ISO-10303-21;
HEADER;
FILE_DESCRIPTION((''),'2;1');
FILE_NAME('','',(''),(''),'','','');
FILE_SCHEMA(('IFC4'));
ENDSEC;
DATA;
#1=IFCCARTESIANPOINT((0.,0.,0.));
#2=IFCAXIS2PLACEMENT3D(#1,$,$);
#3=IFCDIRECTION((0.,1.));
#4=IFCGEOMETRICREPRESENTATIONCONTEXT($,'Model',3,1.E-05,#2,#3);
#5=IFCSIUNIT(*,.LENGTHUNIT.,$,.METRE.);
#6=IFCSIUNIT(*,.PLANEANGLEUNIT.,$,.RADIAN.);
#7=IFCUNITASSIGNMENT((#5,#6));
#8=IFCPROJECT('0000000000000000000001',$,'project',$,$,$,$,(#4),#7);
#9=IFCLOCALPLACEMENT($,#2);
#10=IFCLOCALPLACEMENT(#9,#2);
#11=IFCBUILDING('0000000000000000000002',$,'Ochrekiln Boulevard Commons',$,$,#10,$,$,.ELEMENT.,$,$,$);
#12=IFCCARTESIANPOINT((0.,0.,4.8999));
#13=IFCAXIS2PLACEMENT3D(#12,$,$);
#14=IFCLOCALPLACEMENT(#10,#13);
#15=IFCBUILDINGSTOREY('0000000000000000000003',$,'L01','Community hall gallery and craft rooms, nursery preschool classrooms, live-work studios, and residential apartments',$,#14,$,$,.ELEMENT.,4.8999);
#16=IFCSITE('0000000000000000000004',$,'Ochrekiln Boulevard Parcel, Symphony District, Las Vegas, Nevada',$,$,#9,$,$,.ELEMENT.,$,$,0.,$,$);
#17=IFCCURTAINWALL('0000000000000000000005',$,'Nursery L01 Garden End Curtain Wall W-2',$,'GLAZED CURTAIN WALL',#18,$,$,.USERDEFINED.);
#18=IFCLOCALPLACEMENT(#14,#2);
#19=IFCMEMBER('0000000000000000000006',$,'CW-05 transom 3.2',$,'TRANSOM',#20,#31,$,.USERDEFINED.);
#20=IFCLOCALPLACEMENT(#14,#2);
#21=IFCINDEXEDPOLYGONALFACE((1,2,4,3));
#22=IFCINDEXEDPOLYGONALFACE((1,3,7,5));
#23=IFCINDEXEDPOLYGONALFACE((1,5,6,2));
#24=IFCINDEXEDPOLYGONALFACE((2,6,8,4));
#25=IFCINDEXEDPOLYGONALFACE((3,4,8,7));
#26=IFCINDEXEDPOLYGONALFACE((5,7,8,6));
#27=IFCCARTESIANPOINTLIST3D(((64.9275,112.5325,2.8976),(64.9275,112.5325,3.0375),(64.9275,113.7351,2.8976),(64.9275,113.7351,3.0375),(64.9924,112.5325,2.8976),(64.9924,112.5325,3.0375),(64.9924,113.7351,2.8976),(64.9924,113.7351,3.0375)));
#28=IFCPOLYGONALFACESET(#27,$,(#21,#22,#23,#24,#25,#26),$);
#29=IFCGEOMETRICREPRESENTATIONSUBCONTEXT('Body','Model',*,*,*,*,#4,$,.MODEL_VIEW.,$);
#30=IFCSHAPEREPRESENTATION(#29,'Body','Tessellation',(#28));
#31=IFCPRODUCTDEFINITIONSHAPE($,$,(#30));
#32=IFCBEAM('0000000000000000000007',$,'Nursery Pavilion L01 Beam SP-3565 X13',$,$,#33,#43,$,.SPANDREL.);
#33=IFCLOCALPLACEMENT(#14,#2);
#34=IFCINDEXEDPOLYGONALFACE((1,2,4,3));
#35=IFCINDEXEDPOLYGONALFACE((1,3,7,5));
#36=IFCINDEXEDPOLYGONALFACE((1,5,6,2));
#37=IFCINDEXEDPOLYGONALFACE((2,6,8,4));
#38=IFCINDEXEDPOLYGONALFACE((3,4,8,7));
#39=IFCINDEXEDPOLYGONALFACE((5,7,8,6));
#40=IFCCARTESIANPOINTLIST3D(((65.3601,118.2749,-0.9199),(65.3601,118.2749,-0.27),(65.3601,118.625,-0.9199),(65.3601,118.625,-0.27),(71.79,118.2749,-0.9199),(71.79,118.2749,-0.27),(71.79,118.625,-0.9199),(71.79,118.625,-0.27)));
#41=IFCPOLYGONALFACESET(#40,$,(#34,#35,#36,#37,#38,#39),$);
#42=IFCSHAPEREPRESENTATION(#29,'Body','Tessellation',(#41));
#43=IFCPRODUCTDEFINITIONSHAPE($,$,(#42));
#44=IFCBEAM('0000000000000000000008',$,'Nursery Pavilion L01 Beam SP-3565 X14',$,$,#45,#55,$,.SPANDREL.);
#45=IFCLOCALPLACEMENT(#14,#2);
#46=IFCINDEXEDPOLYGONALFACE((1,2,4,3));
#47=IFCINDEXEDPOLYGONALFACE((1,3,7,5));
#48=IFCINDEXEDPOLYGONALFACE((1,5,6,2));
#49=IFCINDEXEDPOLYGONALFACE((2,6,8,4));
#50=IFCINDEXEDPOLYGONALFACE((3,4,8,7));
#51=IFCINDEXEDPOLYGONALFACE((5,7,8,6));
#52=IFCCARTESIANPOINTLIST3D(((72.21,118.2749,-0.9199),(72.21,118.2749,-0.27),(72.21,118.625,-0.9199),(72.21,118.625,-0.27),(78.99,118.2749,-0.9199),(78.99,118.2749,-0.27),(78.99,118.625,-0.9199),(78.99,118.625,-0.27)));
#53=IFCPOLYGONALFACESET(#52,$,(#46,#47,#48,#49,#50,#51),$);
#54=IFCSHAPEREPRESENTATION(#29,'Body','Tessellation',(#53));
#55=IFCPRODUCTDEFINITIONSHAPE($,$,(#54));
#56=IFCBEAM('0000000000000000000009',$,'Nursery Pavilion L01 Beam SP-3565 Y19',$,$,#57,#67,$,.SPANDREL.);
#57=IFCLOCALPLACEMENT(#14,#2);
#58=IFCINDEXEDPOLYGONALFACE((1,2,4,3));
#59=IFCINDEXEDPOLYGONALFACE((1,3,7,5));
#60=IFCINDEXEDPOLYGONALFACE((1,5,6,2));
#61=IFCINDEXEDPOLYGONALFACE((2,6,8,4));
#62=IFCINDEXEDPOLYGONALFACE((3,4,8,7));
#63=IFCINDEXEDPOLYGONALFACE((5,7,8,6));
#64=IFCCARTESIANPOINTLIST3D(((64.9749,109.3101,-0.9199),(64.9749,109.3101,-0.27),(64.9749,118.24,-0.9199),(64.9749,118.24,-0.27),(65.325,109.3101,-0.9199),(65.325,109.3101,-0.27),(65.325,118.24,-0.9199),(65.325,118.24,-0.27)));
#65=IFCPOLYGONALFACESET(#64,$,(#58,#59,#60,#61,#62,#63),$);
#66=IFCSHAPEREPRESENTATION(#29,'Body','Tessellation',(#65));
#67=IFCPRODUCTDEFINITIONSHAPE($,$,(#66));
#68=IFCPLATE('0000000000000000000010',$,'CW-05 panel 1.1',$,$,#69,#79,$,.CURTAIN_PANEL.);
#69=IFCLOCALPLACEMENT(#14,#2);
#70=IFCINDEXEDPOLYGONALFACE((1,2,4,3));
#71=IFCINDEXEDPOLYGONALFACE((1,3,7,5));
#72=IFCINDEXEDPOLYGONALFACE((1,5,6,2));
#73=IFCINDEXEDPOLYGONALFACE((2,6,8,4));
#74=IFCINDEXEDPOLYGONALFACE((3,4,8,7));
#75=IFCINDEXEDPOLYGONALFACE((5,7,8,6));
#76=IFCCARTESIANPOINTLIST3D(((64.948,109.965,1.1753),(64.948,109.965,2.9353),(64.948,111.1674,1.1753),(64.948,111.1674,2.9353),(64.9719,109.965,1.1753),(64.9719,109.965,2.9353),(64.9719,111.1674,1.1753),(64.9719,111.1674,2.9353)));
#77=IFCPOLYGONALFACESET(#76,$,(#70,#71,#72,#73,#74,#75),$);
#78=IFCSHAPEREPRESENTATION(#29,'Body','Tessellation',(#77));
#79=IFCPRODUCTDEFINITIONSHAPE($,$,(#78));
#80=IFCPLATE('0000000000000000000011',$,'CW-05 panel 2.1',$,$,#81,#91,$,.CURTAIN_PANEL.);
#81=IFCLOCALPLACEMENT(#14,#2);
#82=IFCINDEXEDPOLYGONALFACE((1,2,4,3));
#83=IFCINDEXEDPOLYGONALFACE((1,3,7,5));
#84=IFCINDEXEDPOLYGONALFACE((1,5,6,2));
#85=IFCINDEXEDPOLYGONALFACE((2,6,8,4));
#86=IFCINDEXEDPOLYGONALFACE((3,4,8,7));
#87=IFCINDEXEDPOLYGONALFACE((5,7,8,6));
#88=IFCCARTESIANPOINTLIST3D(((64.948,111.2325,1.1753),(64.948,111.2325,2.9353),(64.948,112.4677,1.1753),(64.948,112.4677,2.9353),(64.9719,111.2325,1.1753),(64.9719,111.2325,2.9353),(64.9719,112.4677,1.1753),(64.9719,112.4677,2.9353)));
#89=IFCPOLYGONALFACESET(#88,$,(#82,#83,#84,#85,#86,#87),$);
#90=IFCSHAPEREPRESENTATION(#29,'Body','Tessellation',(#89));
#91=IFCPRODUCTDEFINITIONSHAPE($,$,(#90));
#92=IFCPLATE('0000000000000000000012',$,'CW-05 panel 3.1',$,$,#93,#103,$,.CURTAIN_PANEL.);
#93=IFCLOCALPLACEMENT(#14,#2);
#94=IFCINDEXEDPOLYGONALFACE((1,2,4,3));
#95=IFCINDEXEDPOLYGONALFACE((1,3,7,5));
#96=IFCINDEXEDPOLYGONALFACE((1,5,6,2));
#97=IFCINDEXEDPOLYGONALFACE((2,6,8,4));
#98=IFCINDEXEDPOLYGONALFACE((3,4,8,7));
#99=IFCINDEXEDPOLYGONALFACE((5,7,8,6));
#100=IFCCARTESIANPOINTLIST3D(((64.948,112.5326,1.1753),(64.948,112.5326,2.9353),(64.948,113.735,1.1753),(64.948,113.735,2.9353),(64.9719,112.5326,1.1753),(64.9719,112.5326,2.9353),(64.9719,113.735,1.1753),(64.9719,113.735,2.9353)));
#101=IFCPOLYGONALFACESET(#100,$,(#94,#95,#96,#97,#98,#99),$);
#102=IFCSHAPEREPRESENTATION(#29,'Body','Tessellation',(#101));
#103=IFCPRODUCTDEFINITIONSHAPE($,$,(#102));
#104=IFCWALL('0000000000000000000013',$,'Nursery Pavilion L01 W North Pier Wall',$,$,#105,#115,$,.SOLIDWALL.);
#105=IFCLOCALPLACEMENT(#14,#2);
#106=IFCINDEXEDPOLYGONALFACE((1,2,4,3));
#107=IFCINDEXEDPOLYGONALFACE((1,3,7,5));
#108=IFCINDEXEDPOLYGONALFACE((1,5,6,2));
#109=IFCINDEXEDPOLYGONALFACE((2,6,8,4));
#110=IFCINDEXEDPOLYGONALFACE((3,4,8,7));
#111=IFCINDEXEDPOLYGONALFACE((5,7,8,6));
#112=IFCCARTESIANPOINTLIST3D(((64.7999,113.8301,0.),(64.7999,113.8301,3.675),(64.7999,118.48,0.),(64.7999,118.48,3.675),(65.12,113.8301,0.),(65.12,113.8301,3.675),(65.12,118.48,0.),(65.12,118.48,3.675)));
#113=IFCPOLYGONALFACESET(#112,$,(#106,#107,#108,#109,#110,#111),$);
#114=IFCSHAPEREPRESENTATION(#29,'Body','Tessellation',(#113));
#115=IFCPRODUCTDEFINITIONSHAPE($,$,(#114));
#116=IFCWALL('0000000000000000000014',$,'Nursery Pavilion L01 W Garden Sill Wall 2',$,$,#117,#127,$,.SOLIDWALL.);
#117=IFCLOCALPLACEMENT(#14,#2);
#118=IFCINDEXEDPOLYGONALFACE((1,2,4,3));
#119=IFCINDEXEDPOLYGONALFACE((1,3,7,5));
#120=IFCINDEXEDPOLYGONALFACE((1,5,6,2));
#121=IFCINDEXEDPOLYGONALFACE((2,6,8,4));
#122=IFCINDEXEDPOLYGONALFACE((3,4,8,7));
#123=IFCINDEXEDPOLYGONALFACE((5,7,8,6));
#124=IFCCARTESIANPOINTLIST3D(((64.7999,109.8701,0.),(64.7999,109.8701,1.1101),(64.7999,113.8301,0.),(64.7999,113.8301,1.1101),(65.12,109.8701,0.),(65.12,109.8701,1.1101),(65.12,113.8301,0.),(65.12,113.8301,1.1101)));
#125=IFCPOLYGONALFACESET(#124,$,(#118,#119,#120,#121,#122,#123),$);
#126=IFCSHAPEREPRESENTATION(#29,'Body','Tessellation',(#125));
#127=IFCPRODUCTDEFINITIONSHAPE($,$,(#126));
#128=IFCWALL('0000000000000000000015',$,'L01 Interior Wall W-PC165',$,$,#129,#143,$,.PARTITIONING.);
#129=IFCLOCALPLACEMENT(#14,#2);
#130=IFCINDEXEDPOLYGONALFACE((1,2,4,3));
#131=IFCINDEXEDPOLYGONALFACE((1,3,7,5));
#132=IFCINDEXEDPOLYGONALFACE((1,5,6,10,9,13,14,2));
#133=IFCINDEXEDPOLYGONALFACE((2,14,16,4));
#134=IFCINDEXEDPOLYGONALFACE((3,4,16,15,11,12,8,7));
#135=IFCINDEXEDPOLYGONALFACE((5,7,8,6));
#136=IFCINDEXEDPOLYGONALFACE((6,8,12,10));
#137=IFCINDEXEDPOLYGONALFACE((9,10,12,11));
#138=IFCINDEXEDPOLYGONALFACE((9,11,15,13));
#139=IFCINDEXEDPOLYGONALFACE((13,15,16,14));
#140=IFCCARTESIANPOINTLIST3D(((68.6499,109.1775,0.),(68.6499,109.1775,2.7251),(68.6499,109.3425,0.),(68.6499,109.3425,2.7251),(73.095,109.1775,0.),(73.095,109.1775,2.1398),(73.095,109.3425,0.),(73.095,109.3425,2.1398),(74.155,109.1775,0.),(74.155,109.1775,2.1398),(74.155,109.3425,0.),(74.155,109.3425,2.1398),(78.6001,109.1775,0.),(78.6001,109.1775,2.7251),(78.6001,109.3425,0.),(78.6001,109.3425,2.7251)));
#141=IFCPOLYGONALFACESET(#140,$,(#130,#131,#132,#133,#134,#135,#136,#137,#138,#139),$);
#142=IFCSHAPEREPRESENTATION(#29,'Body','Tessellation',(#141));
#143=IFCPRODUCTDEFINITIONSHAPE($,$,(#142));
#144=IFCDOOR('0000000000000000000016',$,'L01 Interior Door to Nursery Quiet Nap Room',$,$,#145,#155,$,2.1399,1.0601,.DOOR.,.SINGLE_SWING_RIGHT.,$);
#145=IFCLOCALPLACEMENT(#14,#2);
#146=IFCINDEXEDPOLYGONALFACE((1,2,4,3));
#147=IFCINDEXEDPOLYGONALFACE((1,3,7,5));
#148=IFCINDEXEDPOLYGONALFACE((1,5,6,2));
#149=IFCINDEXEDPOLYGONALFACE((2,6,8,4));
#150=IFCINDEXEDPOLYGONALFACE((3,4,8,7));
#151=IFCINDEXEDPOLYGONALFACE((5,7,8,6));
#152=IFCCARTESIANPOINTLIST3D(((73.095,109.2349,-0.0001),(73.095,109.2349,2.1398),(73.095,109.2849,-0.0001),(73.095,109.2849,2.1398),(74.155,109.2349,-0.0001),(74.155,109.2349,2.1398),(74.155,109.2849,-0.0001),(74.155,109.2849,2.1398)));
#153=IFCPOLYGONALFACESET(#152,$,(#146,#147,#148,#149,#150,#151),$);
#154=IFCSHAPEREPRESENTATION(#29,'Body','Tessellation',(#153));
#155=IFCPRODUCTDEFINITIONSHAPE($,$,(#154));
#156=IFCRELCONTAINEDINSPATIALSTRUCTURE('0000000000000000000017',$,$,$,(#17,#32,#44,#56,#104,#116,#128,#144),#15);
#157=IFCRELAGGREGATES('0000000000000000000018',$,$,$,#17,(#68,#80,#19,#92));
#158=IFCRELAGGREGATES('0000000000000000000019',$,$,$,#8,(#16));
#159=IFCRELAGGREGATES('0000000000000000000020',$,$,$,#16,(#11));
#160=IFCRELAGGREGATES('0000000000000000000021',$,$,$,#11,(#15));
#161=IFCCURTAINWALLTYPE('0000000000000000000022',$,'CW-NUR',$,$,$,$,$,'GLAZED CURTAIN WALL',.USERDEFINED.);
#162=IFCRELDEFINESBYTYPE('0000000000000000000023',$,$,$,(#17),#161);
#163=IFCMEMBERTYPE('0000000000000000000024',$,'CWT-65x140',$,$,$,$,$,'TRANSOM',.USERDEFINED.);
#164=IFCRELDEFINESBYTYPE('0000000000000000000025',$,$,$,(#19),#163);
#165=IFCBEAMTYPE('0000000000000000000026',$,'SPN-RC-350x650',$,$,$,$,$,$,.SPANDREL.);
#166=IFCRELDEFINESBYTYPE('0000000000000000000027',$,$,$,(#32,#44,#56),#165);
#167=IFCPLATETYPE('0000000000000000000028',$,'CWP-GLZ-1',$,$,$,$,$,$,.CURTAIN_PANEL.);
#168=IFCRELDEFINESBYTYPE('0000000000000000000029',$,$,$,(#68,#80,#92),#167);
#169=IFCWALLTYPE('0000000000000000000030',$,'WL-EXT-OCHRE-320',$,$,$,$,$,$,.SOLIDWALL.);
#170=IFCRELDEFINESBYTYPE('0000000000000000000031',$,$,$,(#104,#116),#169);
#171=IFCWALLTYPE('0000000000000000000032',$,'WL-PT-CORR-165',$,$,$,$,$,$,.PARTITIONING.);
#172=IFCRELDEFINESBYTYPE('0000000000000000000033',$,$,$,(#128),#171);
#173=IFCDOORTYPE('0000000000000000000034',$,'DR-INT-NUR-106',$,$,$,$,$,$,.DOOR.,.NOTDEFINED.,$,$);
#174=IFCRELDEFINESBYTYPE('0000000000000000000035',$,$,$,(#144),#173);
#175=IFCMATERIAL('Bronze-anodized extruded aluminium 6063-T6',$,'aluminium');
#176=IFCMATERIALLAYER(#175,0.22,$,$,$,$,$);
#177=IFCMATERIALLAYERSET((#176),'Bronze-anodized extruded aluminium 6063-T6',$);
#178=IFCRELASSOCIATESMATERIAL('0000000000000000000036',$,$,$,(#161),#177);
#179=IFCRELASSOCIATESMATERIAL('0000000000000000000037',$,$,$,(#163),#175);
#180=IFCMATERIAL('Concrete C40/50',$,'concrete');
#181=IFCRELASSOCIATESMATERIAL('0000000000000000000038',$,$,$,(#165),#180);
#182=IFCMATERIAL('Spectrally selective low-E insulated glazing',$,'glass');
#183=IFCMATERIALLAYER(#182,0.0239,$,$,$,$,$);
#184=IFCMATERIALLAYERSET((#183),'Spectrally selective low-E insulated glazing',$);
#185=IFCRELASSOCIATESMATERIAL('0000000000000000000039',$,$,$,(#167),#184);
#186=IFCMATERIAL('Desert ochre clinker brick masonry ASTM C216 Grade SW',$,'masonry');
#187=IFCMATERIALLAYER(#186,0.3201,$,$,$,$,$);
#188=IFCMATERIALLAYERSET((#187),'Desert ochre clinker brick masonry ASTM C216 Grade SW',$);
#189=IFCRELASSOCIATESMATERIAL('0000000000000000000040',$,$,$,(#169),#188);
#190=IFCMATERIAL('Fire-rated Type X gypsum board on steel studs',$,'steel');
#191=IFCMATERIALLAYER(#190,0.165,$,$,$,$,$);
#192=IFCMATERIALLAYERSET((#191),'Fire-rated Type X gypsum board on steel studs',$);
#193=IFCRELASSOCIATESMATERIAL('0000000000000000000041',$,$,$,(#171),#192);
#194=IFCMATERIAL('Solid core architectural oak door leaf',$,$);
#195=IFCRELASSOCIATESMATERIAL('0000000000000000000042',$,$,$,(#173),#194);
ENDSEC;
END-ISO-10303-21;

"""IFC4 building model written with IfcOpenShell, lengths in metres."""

from ifc_helpers import new_model, si_unit, direction, frame, frame_2d, origin, origin_2d, place, context, subcontext, project, spatial, rectangle, extrude, material, layer, layer_set, material_profile, profile_set, type_object, element, fill, aggregate, save


model = new_model("IFC4")

# Units and contexts
model_context = context("Model", 3, precision=1e-05, world=origin(), true_north=direction((0.0, 1.0)))
body_context = subcontext(model_context, "Body", "Model", "MODEL_VIEW")
ifc_project = project(units=[si_unit("LENGTHUNIT", "METRE"), si_unit("PLANEANGLEUNIT", "RADIAN")], contexts=[model_context])

# Site, building, storey
site_placement = place(None, origin())
site = spatial("IfcSite", under=ifc_project, at=site_placement, Name="Ochrekiln Boulevard Parcel, Symphony District, Las Vegas, Nevada", CompositionType="ELEMENT", RefElevation=0.0)
building_placement = place(site_placement, origin())
building = spatial("IfcBuilding", under=site, at=building_placement, Name="Ochrekiln Boulevard Commons", CompositionType="ELEMENT")
storey_placement = place(building_placement, frame((0.0, 0.0, 4.8999)))
storey = spatial("IfcBuildingStorey", under=building, at=storey_placement, Name="L01", Description="Community hall gallery and craft rooms, nursery preschool classrooms, live-work studios, and residential apartments", CompositionType="ELEMENT", Elevation=4.8999)

# Curtain wall, member
ifc_material_1 = material(Name="Bronze-anodized extruded aluminium 6063-T6", Category="aluminium")
ifc_layer_1 = layer(ifc_material_1, 0.22)
ifc_layer_set_1 = layer_set([ifc_layer_1], Name="Bronze-anodized extruded aluminium 6063-T6")
curtain_wall_type = type_object("IfcCurtainWallType", Name="CW-NUR", ElementType="GLAZED CURTAIN WALL", PredefinedType="USERDEFINED", material=ifc_layer_set_1)
curtain_wall_placement = place(storey_placement, origin())
curtain_wall = element("IfcCurtainWall", 1, at=curtain_wall_placement, inside=storey, type_object=curtain_wall_type, Name="Nursery L01 Garden End Curtain Wall W-2", ObjectType="GLAZED CURTAIN WALL", PredefinedType="USERDEFINED")
ifc_material_profile_1 = material_profile(ifc_material_1, rectangle(XDim=0.0649, YDim=0.1399, at=origin_2d()), Name="ALU-TRN-65x140")
ifc_profile_set_1 = profile_set([ifc_material_profile_1], Name="Bronze-anodized extruded aluminium 6063-T6")
member_type_1 = type_object("IfcMemberType", Name="CWT-65x140", ElementType="TRANSOM", PredefinedType="USERDEFINED", material=ifc_profile_set_1)
member_1_placement = place(storey_placement, frame((64.96, 112.5325, 2.9675), z_axis=(0.0, 1.0, 0.0), x_axis=(-1.0, 0.0, 0.0)))
member_1 = element("IfcMember", 2, at=member_1_placement, type_object=member_type_1, Name="CW-05 transom 3.2", ObjectType="TRANSOM", PredefinedType="USERDEFINED", context=body_context, shape_type="SweptSolid", body=[
    extrude(rectangle(XDim=0.0649, YDim=0.1399, at=origin_2d()), origin(), (0.0, 0.0, 1.0), 1.2026),
])

# Beams
ifc_material_2 = material(Name="Concrete C40/50", Category="concrete")
ifc_material_profile_2 = material_profile(ifc_material_2, rectangle(XDim=0.3501, YDim=0.6499, at=origin_2d()), Name="RC-SPN-350x650")
ifc_profile_set_2 = profile_set([ifc_material_profile_2], Name="Concrete C40/50")
beam_type_1 = type_object("IfcBeamType", Name="SPN-RC-350x650", PredefinedType="SPANDREL", material=ifc_profile_set_2)
beam_1_placement = place(storey_placement, frame((65.3601, 118.45, -0.595), z_axis=(1.0, 0.0, 0.0), x_axis=(0.0, 1.0, 0.0)))
element("IfcBeam", 3, at=beam_1_placement, inside=storey, type_object=beam_type_1, Name="Nursery Pavilion L01 Beam SP-3565 X13", PredefinedType="SPANDREL", context=body_context, shape_type="SweptSolid", body=[
    extrude(rectangle(XDim=0.3501, YDim=0.6499, at=origin_2d()), origin(), (0.0, 0.0, 1.0), 6.4299),
])
beam_2_placement = place(storey_placement, frame((72.21, 118.45, -0.595), z_axis=(1.0, 0.0, 0.0), x_axis=(0.0, 1.0, 0.0)))
element("IfcBeam", 4, at=beam_2_placement, inside=storey, type_object=beam_type_1, Name="Nursery Pavilion L01 Beam SP-3565 X14", PredefinedType="SPANDREL", context=body_context, shape_type="SweptSolid", body=[
    extrude(rectangle(XDim=0.3501, YDim=0.6499, at=origin_2d()), origin(), (0.0, 0.0, 1.0), 6.78),
])
beam_3_placement = place(storey_placement, frame((65.1499, 109.3101, -0.595), z_axis=(0.0, 1.0, 0.0), x_axis=(-1.0, 0.0, 0.0)))
element("IfcBeam", 5, at=beam_3_placement, inside=storey, type_object=beam_type_1, Name="Nursery Pavilion L01 Beam SP-3565 Y19", PredefinedType="SPANDREL", context=body_context, shape_type="SweptSolid", body=[
    extrude(rectangle(XDim=0.3501, YDim=0.6499, at=origin_2d()), origin(), (0.0, 0.0, 1.0), 8.9299),
])

# Plates
ifc_material_3 = material(Name="Spectrally selective low-E insulated glazing", Category="glass")
ifc_layer_2 = layer(ifc_material_3, 0.0239)
ifc_layer_set_2 = layer_set([ifc_layer_2], Name="Spectrally selective low-E insulated glazing")
plate_type = type_object("IfcPlateType", Name="CWP-GLZ-1", PredefinedType="CURTAIN_PANEL", material=ifc_layer_set_2)
plate_1_placement = place(storey_placement, frame((64.96, 110.5662, 1.1753), z_axis=(0.0, 0.0, 1.0), x_axis=(0.0, 1.0, 0.0)))
plate_1 = element("IfcPlate", 6, at=plate_1_placement, type_object=plate_type, Name="CW-05 panel 1.1", PredefinedType="CURTAIN_PANEL", context=body_context, shape_type="SweptSolid", body=[
    extrude(rectangle(XDim=1.2024, YDim=0.0239, at=origin_2d()), origin(), (0.0, 0.0, 1.0), 1.76),
])
plate_2_placement = place(storey_placement, frame((64.96, 111.8501, 1.1753), z_axis=(0.0, 0.0, 1.0), x_axis=(0.0, 1.0, 0.0)))
plate_2 = element("IfcPlate", 7, at=plate_2_placement, type_object=plate_type, Name="CW-05 panel 2.1", PredefinedType="CURTAIN_PANEL", context=body_context, shape_type="SweptSolid", body=[
    extrude(rectangle(XDim=1.2351, YDim=0.0239, at=origin_2d()), origin(), (0.0, 0.0, 1.0), 1.76),
])
plate_3_placement = place(storey_placement, frame((64.96, 113.1338, 1.1753), z_axis=(0.0, 0.0, 1.0), x_axis=(0.0, 1.0, 0.0)))
plate_3 = element("IfcPlate", 8, at=plate_3_placement, type_object=plate_type, Name="CW-05 panel 3.1", PredefinedType="CURTAIN_PANEL", context=body_context, shape_type="SweptSolid", body=[
    extrude(rectangle(XDim=1.2024, YDim=0.0239, at=origin_2d()), origin(), (0.0, 0.0, 1.0), 1.76),
])
aggregate(curtain_wall, [plate_1, plate_2, member_1, plate_3])

# Walls
ifc_material_4 = material(Name="Desert ochre clinker brick masonry ASTM C216 Grade SW", Category="masonry")
ifc_layer_3 = layer(ifc_material_4, 0.3201)
ifc_layer_set_3 = layer_set([ifc_layer_3], Name="Desert ochre clinker brick masonry ASTM C216 Grade SW")
wall_type_1 = type_object("IfcWallType", Name="WL-EXT-OCHRE-320", PredefinedType="SOLIDWALL", material=ifc_layer_set_3)
wall_1_placement = place(storey_placement, frame((64.96, 113.8301, 0.0), z_axis=(0.0, 0.0, 1.0), x_axis=(0.0, 1.0, 0.0)))
element("IfcWall", 9, at=wall_1_placement, inside=storey, type_object=wall_type_1, Name="Nursery Pavilion L01 W North Pier Wall", PredefinedType="SOLIDWALL", context=body_context, shape_type="SweptSolid", body=[
    extrude(rectangle(XDim=4.6499, YDim=0.3201, at=frame_2d((2.325, 0.0))), origin(), (0.0, 0.0, 1.0), 3.675),
])
wall_2_placement = place(storey_placement, frame((64.96, 109.8701, 0.0), z_axis=(0.0, 0.0, 1.0), x_axis=(0.0, 1.0, 0.0)))
element("IfcWall", 10, at=wall_2_placement, inside=storey, type_object=wall_type_1, Name="Nursery Pavilion L01 W Garden Sill Wall 2", PredefinedType="SOLIDWALL", context=body_context, shape_type="SweptSolid", body=[
    extrude(rectangle(XDim=3.96, YDim=0.3201, at=frame_2d((1.98, 0.0))), origin(), (0.0, 0.0, 1.0), 1.1101),
])

# Wall, opening, door
ifc_material_5 = material(Name="Fire-rated Type X gypsum board on steel studs", Category="steel")
ifc_layer_4 = layer(ifc_material_5, 0.165)
ifc_layer_set_4 = layer_set([ifc_layer_4], Name="Fire-rated Type X gypsum board on steel studs")
wall_type_2 = type_object("IfcWallType", Name="WL-PT-CORR-165", PredefinedType="PARTITIONING", material=ifc_layer_set_4)
wall_3_placement = place(storey_placement, frame((68.6499, 109.26, 0.0), z_axis=(0.0, 0.0, 1.0), x_axis=(1.0, 0.0, 0.0)))
wall_3 = element("IfcWall", 11, at=wall_3_placement, inside=storey, type_object=wall_type_2, Name="L01 Interior Wall W-PC165", PredefinedType="PARTITIONING", context=body_context, shape_type="SweptSolid", body=[
    extrude(rectangle(XDim=9.9502, YDim=0.165, at=frame_2d((4.9751, 0.0))), origin(), (0.0, 0.0, 1.0), 2.7251),
])
opening_placement = place(wall_3_placement, frame((4.4451, 0.0, 0.0)))
opening = element("IfcOpeningElement", 12, at=opening_placement, cuts=wall_3, PredefinedType="OPENING", context=body_context, shape_type="SweptSolid", body=[
    extrude(rectangle(XDim=1.0601, YDim=2.1399, at=frame_2d((0.53, 1.0698))), frame((0.0, 0.0925, 0.0), z_axis=(0.0, -1.0, 0.0), x_axis=(1.0, 0.0, 0.0)), (0.0, 0.0, 1.0), 0.1851),
])
ifc_material_6 = material(Name="Solid core architectural oak door leaf")
door_type = type_object("IfcDoorType", Name="DR-INT-NUR-106", OperationType="NOTDEFINED", PredefinedType="DOOR", material=ifc_material_6)
door_placement = place(opening_placement, origin())
door = element("IfcDoor", 13, at=door_placement, inside=storey, type_object=door_type, Name="L01 Interior Door to Nursery Quiet Nap Room", OperationType="SINGLE_SWING_RIGHT", OverallHeight=2.1399, OverallWidth=1.0601, PredefinedType="DOOR", context=body_context, shape_type="SweptSolid", body=[
    extrude(rectangle(XDim=1.0601, YDim=2.1399, at=frame_2d((0.53, 1.0698))), frame((0.0, 0.0249, 0.0), z_axis=(0.0, -1.0, 0.0), x_axis=(1.0, 0.0, 0.0)), (0.0, 0.0, 1.0), 0.05),
])
fill(opening, door)

save(model, "model.ifc")
